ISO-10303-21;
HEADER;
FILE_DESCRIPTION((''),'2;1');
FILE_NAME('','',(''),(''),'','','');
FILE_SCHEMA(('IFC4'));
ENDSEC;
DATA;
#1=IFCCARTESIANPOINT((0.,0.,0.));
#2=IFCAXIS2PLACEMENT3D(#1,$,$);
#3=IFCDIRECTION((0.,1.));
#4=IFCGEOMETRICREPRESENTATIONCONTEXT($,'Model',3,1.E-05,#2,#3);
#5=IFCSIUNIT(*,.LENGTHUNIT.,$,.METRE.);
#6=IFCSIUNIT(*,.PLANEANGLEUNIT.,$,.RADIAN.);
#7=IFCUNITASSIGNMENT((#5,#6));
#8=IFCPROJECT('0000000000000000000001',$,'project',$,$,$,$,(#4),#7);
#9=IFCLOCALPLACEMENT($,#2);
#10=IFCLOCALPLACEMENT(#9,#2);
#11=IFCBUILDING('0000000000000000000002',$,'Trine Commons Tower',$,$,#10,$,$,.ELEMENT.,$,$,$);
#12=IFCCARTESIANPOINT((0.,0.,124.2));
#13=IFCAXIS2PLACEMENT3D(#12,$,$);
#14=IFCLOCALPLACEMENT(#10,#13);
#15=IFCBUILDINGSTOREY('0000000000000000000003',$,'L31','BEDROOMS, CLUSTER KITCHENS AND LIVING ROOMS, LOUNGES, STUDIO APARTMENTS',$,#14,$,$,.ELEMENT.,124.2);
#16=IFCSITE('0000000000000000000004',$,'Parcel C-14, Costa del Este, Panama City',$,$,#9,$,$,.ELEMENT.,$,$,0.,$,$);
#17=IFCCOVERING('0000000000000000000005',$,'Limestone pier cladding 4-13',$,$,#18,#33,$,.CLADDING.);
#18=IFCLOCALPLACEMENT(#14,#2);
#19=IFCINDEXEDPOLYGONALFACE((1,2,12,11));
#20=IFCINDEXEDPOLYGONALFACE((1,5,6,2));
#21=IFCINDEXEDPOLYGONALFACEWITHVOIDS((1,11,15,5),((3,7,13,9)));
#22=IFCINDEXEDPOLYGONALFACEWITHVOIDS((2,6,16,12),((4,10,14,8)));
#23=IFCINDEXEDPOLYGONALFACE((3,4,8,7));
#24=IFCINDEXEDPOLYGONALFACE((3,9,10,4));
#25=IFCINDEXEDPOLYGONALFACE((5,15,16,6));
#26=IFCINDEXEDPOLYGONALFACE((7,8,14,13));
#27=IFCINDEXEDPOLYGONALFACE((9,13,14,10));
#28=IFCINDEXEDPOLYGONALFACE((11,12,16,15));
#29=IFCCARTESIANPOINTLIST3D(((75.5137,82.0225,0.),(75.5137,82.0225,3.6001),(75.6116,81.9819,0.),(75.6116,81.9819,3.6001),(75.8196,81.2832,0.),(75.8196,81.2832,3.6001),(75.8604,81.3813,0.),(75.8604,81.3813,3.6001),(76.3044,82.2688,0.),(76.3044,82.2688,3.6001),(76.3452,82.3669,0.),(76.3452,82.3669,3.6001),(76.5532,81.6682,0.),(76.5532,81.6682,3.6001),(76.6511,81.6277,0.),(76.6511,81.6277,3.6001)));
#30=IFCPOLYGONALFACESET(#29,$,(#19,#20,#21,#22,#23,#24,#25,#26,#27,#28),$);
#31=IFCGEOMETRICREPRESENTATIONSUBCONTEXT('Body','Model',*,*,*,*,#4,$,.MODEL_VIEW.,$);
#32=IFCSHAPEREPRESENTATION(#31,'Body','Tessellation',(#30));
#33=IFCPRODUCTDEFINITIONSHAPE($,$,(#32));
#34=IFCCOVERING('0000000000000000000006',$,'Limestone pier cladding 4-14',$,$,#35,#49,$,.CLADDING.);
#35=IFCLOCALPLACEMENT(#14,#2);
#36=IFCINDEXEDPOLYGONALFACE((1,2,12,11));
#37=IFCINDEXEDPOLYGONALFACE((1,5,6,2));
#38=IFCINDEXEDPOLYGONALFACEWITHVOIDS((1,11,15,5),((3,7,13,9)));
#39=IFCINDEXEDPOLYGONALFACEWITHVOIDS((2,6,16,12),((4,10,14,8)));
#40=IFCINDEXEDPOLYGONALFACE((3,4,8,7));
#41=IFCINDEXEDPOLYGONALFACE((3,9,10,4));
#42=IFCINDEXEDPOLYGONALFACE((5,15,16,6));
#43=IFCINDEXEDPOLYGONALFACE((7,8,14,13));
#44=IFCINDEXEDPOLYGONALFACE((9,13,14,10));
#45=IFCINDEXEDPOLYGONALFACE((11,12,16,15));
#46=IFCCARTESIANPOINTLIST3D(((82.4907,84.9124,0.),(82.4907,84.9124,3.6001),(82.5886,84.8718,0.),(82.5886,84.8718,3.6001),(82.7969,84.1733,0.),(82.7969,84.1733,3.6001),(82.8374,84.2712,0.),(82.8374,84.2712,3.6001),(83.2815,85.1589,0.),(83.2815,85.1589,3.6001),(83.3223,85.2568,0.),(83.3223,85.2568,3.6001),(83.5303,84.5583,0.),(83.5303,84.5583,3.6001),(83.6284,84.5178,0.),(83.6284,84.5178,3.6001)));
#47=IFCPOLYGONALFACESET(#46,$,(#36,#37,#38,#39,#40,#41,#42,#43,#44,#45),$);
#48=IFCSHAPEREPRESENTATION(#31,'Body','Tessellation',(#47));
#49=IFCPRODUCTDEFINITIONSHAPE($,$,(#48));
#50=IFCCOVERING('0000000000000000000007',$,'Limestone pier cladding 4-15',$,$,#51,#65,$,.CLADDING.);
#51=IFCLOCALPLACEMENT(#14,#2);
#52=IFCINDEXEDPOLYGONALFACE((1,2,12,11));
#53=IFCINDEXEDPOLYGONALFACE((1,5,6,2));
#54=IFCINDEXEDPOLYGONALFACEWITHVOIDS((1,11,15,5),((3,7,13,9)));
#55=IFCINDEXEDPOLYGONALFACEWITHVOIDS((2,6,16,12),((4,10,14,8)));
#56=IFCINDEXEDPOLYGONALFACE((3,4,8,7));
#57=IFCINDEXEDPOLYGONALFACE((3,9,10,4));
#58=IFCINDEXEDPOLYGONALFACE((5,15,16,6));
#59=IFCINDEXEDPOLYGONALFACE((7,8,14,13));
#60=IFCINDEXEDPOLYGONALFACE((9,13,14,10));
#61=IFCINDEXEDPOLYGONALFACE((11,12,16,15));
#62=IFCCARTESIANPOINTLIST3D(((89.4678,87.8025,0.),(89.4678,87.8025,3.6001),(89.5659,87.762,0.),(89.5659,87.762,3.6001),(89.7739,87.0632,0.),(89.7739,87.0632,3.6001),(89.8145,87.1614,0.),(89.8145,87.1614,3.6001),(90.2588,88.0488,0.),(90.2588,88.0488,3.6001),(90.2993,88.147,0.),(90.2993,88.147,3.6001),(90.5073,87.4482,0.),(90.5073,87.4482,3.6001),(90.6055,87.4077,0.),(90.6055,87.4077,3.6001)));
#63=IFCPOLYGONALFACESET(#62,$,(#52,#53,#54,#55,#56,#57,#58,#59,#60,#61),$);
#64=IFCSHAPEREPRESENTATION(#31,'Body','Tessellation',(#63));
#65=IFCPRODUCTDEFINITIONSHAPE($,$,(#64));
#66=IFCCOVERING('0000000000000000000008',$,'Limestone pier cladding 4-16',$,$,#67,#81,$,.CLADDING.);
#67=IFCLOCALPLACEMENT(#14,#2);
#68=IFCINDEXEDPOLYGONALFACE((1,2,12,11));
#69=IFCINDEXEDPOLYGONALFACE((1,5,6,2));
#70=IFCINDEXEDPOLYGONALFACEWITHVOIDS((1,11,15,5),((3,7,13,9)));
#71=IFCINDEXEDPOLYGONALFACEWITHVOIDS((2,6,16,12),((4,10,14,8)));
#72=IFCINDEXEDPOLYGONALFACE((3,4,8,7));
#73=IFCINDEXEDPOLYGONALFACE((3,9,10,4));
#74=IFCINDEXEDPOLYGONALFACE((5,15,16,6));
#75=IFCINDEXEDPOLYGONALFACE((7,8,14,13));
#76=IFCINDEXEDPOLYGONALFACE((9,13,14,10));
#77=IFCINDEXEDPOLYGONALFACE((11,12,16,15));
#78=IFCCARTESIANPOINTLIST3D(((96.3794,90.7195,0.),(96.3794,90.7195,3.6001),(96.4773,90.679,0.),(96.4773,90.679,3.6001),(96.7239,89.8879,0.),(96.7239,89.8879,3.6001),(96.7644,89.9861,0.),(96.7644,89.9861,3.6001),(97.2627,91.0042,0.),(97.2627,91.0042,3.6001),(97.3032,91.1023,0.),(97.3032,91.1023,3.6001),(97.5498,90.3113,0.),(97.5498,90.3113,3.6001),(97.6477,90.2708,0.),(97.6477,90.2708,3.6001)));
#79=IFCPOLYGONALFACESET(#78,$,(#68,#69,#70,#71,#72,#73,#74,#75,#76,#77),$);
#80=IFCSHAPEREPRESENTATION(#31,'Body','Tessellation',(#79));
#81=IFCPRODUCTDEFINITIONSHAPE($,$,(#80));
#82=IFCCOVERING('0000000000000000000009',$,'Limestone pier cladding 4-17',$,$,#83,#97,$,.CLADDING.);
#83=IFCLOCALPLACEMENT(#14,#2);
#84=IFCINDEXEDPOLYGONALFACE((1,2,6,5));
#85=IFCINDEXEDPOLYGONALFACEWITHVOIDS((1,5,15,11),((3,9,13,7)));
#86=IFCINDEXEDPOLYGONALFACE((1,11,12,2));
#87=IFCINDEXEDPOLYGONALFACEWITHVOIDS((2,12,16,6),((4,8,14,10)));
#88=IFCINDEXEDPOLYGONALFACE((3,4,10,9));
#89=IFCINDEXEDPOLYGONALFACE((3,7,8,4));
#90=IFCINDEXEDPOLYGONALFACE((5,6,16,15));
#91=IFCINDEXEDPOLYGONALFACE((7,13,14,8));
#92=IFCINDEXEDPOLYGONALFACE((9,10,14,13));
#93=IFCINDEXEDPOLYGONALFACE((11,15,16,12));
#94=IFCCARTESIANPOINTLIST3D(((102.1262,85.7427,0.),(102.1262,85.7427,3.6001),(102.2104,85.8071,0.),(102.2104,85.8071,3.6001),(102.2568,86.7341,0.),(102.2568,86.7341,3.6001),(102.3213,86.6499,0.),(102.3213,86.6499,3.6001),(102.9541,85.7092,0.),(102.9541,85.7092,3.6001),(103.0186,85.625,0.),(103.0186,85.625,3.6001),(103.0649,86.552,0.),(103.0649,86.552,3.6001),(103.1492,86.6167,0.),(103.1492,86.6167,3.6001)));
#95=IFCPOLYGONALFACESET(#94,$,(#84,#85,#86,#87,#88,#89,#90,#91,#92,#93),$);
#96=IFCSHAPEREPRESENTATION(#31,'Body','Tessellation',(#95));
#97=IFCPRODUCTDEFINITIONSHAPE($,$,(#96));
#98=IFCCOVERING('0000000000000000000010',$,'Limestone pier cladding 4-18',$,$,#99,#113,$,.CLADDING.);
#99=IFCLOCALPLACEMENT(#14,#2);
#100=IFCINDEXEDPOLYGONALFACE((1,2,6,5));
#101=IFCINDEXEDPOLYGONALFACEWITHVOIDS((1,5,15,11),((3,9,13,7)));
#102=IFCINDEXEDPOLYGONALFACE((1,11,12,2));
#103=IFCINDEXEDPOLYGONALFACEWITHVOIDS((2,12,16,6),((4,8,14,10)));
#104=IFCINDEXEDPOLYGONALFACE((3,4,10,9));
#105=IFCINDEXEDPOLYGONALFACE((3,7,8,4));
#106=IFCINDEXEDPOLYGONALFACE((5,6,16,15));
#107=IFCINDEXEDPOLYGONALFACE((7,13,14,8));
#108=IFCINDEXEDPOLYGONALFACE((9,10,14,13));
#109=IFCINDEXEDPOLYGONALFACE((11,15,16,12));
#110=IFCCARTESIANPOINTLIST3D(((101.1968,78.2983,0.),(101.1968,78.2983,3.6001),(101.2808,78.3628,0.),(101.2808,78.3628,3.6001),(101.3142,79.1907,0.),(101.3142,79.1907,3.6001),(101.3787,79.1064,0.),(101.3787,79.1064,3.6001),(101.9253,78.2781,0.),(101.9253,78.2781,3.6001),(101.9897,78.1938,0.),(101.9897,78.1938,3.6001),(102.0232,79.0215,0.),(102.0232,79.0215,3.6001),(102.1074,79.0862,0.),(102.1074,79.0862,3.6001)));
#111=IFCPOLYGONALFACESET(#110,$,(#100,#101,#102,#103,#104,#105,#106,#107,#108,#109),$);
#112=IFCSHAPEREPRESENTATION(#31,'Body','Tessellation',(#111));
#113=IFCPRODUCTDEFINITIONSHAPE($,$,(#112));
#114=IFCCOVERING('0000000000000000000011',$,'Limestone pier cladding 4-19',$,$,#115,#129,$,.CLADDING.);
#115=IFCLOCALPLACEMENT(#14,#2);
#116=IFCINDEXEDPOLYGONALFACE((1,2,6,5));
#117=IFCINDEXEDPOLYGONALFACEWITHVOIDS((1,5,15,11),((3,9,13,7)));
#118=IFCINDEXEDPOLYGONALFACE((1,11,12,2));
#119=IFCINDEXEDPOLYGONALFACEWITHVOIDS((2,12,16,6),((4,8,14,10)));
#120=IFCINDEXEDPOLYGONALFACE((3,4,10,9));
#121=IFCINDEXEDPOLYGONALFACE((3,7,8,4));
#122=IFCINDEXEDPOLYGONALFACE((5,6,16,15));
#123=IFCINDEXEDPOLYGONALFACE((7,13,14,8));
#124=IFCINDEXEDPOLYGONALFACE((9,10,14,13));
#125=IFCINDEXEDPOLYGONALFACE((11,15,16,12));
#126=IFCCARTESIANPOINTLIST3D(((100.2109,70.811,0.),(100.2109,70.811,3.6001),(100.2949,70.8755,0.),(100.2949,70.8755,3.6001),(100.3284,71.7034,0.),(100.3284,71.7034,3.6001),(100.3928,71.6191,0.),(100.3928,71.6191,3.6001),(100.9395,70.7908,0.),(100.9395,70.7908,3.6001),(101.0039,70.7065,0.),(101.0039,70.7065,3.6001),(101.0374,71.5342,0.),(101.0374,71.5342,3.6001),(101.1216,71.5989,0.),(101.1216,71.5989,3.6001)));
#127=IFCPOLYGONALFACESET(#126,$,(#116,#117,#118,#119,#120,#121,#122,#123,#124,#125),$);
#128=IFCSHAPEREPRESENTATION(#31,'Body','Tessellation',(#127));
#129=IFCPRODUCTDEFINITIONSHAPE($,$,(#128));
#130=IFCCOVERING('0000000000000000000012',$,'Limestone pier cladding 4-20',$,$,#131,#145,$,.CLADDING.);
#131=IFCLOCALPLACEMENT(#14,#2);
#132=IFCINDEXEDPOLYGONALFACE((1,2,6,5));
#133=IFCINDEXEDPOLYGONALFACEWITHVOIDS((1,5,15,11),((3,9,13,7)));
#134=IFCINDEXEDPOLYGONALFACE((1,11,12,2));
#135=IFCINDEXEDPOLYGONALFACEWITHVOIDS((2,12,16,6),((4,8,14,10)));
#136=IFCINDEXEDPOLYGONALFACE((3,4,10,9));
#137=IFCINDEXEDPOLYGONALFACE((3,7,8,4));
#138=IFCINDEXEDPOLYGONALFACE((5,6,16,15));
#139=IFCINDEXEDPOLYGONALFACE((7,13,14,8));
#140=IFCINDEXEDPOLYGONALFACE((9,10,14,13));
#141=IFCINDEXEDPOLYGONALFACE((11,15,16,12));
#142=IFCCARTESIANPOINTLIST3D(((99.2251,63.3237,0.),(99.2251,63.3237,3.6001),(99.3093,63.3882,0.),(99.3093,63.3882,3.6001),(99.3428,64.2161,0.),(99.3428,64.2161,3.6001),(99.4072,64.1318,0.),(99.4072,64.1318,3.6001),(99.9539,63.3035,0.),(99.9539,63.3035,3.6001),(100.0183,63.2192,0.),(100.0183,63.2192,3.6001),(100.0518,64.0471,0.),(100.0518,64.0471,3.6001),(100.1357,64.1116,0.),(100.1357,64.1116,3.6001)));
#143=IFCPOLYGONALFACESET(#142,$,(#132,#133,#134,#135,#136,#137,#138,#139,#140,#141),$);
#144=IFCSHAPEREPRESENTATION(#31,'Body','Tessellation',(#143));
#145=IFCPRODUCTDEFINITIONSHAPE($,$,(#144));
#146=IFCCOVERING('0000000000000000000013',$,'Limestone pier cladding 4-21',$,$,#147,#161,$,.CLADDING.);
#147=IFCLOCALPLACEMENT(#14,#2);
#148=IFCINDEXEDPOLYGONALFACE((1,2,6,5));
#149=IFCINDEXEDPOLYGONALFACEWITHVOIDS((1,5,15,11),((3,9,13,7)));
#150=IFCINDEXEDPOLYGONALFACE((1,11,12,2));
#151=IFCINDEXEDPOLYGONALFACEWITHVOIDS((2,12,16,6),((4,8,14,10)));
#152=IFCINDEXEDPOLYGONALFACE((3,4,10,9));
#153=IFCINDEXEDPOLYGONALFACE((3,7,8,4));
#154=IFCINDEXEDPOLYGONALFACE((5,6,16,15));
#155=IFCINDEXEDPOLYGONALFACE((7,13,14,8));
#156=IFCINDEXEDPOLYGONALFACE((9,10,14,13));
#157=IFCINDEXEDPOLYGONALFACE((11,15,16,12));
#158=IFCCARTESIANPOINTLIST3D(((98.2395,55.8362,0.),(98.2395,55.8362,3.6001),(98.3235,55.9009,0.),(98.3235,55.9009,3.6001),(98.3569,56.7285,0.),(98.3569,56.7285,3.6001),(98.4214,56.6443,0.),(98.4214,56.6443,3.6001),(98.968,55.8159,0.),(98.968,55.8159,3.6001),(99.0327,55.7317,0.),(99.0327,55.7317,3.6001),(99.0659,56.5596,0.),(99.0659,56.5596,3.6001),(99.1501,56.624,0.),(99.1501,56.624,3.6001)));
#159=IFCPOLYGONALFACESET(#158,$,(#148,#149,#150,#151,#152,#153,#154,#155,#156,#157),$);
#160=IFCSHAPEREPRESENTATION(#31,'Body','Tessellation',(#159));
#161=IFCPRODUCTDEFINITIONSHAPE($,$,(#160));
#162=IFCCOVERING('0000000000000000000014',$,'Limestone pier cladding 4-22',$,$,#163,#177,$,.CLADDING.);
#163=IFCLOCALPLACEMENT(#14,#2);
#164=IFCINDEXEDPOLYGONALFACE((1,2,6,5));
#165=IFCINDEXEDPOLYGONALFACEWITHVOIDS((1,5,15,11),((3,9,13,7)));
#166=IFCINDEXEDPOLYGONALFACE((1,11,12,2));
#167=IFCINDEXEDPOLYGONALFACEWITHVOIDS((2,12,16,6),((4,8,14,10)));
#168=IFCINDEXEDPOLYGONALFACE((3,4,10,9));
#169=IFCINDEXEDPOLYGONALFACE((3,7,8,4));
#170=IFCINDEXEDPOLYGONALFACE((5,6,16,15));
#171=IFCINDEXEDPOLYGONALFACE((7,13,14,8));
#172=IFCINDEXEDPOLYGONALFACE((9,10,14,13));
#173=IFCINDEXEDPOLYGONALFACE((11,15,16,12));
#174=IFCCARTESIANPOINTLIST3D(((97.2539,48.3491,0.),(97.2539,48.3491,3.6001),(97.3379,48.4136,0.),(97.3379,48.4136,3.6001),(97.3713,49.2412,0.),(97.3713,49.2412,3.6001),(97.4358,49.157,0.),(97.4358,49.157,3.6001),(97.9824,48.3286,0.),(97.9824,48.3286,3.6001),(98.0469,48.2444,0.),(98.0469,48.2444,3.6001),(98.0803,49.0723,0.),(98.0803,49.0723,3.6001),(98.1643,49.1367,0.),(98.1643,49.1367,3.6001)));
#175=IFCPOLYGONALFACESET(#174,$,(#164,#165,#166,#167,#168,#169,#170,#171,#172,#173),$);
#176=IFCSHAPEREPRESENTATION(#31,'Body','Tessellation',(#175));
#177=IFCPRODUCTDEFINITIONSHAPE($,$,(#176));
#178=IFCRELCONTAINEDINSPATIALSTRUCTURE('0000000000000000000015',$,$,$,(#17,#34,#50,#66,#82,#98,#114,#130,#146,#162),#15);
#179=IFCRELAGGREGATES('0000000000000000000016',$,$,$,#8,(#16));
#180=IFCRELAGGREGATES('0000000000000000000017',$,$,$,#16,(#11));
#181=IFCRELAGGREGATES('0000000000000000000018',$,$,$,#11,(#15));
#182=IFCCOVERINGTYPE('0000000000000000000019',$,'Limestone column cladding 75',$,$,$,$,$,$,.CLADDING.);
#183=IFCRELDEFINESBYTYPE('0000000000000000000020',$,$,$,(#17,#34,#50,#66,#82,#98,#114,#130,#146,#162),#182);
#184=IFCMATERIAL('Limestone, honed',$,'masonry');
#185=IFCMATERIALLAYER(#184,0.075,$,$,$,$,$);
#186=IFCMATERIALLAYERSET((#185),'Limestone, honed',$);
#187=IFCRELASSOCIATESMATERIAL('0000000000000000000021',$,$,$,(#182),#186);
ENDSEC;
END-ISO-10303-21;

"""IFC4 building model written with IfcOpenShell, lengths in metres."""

from ifc_helpers import new_model, si_unit, direction, frame, origin, place, context, subcontext, project, spatial, polyline, outline, extrude, material, layer, layer_set, type_object, element, save


model = new_model("IFC4")

# Units and contexts
model_context = context("Model", 3, precision=1e-05, world=origin(), true_north=direction((0.0, 1.0)))
body_context = subcontext(model_context, "Body", "Model", "MODEL_VIEW")
ifc_project = project(units=[si_unit("LENGTHUNIT", "METRE"), si_unit("PLANEANGLEUNIT", "RADIAN")], contexts=[model_context])

# Site, building, storey
site_placement = place(None, origin())
site = spatial("IfcSite", under=ifc_project, at=site_placement, Name="Parcel C-14, Costa del Este, Panama City", CompositionType="ELEMENT", RefElevation=0.0)
building_placement = place(site_placement, origin())
building = spatial("IfcBuilding", under=site, at=building_placement, Name="Trine Commons Tower", CompositionType="ELEMENT")
storey_placement = place(building_placement, frame((0.0, 0.0, 124.2)))
storey = spatial("IfcBuildingStorey", under=building, at=storey_placement, Name="L31", Description="BEDROOMS, CLUSTER KITCHENS AND LIVING ROOMS, LOUNGES, STUDIO APARTMENTS", CompositionType="ELEMENT", Elevation=124.2)

# Coverings
ifc_material_1 = material(Name="Limestone, honed", Category="masonry")
ifc_layer_1 = layer(ifc_material_1, 0.075)
ifc_layer_set_1 = layer_set([ifc_layer_1], Name="Limestone, honed")
covering_type = type_object("IfcCoveringType", Name="Limestone column cladding 75", PredefinedType="CLADDING", material=ifc_layer_set_1)
covering_1_placement = place(storey_placement, origin())
element("IfcCovering", 1, at=covering_1_placement, inside=storey, type_object=covering_type, Name="Limestone pier cladding 4-13", PredefinedType="CLADDING", context=body_context, shape_type="SweptSolid", body=[
    extrude(outline(polyline([(76.6511, 81.6277), (76.3452, 82.3669), (75.5137, 82.0225), (75.8196, 81.2832), (76.6511, 81.6277)]), holes=[polyline([(76.5532, 81.6682), (76.3044, 82.2688), (75.6116, 81.9819), (75.8604, 81.3813), (76.5532, 81.6682)])]), origin(), (0.0, 0.0, 1.0), 3.6001),
])
covering_2_placement = place(storey_placement, origin())
element("IfcCovering", 2, at=covering_2_placement, inside=storey, type_object=covering_type, Name="Limestone pier cladding 4-14", PredefinedType="CLADDING", context=body_context, shape_type="SweptSolid", body=[
    extrude(outline(polyline([(83.6284, 84.5178), (83.3223, 85.2568), (82.4907, 84.9124), (82.7969, 84.1733), (83.6284, 84.5178)]), holes=[polyline([(83.5303, 84.5583), (83.2815, 85.1589), (82.5886, 84.8718), (82.8374, 84.2712), (83.5303, 84.5583)])]), origin(), (0.0, 0.0, 1.0), 3.6001),
])
covering_3_placement = place(storey_placement, origin())
element("IfcCovering", 3, at=covering_3_placement, inside=storey, type_object=covering_type, Name="Limestone pier cladding 4-15", PredefinedType="CLADDING", context=body_context, shape_type="SweptSolid", body=[
    extrude(outline(polyline([(90.6055, 87.4077), (90.2993, 88.147), (89.4678, 87.8025), (89.7739, 87.0632), (90.6055, 87.4077)]), holes=[polyline([(90.5073, 87.4482), (90.2588, 88.0488), (89.5659, 87.762), (89.8145, 87.1614), (90.5073, 87.4482)])]), origin(), (0.0, 0.0, 1.0), 3.6001),
])
covering_4_placement = place(storey_placement, origin())
element("IfcCovering", 4, at=covering_4_placement, inside=storey, type_object=covering_type, Name="Limestone pier cladding 4-16", PredefinedType="CLADDING", context=body_context, shape_type="SweptSolid", body=[
    extrude(outline(polyline([(97.6477, 90.2708), (97.3032, 91.1023), (96.3794, 90.7195), (96.7239, 89.8879), (97.6477, 90.2708)]), holes=[polyline([(97.5498, 90.3113), (97.2627, 91.0042), (96.4773, 90.679), (96.7644, 89.9861), (97.5498, 90.3113)])]), origin(), (0.0, 0.0, 1.0), 3.6001),
])
covering_5_placement = place(storey_placement, origin())
element("IfcCovering", 5, at=covering_5_placement, inside=storey, type_object=covering_type, Name="Limestone pier cladding 4-17", PredefinedType="CLADDING", context=body_context, shape_type="SweptSolid", body=[
    extrude(outline(polyline([(103.1492, 86.6167), (102.2568, 86.7341), (102.1262, 85.7427), (103.0186, 85.625), (103.1492, 86.6167)]), holes=[polyline([(103.0649, 86.552), (102.3213, 86.6499), (102.2104, 85.8071), (102.9541, 85.7092), (103.0649, 86.552)])]), origin(), (0.0, 0.0, 1.0), 3.6001),
])
covering_6_placement = place(storey_placement, origin())
element("IfcCovering", 6, at=covering_6_placement, inside=storey, type_object=covering_type, Name="Limestone pier cladding 4-18", PredefinedType="CLADDING", context=body_context, shape_type="SweptSolid", body=[
    extrude(outline(polyline([(102.1074, 79.0862), (101.3142, 79.1907), (101.1968, 78.2983), (101.9897, 78.1938), (102.1074, 79.0862)]), holes=[polyline([(102.0232, 79.0215), (101.3787, 79.1064), (101.2808, 78.3628), (101.9253, 78.2781), (102.0232, 79.0215)])]), origin(), (0.0, 0.0, 1.0), 3.6001),
])
covering_7_placement = place(storey_placement, origin())
element("IfcCovering", 7, at=covering_7_placement, inside=storey, type_object=covering_type, Name="Limestone pier cladding 4-19", PredefinedType="CLADDING", context=body_context, shape_type="SweptSolid", body=[
    extrude(outline(polyline([(101.1216, 71.5989), (100.3284, 71.7034), (100.2109, 70.811), (101.0039, 70.7065), (101.1216, 71.5989)]), holes=[polyline([(101.0374, 71.5342), (100.3928, 71.6191), (100.2949, 70.8755), (100.9395, 70.7908), (101.0374, 71.5342)])]), origin(), (0.0, 0.0, 1.0), 3.6001),
])
covering_8_placement = place(storey_placement, origin())
element("IfcCovering", 8, at=covering_8_placement, inside=storey, type_object=covering_type, Name="Limestone pier cladding 4-20", PredefinedType="CLADDING", context=body_context, shape_type="SweptSolid", body=[
    extrude(outline(polyline([(100.1357, 64.1116), (99.3428, 64.2161), (99.2251, 63.3237), (100.0183, 63.2192), (100.1357, 64.1116)]), holes=[polyline([(100.0518, 64.0471), (99.4072, 64.1318), (99.3093, 63.3882), (99.9539, 63.3035), (100.0518, 64.0471)])]), origin(), (0.0, 0.0, 1.0), 3.6001),
])
covering_9_placement = place(storey_placement, origin())
element("IfcCovering", 9, at=covering_9_placement, inside=storey, type_object=covering_type, Name="Limestone pier cladding 4-21", PredefinedType="CLADDING", context=body_context, shape_type="SweptSolid", body=[
    extrude(outline(polyline([(99.1501, 56.624), (98.3569, 56.7285), (98.2395, 55.8362), (99.0327, 55.7317), (99.1501, 56.624)]), holes=[polyline([(99.0659, 56.5596), (98.4214, 56.6443), (98.3235, 55.9009), (98.968, 55.8159), (99.0659, 56.5596)])]), origin(), (0.0, 0.0, 1.0), 3.6001),
])
covering_10_placement = place(storey_placement, origin())
element("IfcCovering", 10, at=covering_10_placement, inside=storey, type_object=covering_type, Name="Limestone pier cladding 4-22", PredefinedType="CLADDING", context=body_context, shape_type="SweptSolid", body=[
    extrude(outline(polyline([(98.1643, 49.1367), (97.3713, 49.2412), (97.2539, 48.3491), (98.0469, 48.2444), (98.1643, 49.1367)]), holes=[polyline([(98.0803, 49.0723), (97.4358, 49.157), (97.3379, 48.4136), (97.9824, 48.3286), (98.0803, 49.0723)])]), origin(), (0.0, 0.0, 1.0), 3.6001),
])

save(model, "model.ifc")
